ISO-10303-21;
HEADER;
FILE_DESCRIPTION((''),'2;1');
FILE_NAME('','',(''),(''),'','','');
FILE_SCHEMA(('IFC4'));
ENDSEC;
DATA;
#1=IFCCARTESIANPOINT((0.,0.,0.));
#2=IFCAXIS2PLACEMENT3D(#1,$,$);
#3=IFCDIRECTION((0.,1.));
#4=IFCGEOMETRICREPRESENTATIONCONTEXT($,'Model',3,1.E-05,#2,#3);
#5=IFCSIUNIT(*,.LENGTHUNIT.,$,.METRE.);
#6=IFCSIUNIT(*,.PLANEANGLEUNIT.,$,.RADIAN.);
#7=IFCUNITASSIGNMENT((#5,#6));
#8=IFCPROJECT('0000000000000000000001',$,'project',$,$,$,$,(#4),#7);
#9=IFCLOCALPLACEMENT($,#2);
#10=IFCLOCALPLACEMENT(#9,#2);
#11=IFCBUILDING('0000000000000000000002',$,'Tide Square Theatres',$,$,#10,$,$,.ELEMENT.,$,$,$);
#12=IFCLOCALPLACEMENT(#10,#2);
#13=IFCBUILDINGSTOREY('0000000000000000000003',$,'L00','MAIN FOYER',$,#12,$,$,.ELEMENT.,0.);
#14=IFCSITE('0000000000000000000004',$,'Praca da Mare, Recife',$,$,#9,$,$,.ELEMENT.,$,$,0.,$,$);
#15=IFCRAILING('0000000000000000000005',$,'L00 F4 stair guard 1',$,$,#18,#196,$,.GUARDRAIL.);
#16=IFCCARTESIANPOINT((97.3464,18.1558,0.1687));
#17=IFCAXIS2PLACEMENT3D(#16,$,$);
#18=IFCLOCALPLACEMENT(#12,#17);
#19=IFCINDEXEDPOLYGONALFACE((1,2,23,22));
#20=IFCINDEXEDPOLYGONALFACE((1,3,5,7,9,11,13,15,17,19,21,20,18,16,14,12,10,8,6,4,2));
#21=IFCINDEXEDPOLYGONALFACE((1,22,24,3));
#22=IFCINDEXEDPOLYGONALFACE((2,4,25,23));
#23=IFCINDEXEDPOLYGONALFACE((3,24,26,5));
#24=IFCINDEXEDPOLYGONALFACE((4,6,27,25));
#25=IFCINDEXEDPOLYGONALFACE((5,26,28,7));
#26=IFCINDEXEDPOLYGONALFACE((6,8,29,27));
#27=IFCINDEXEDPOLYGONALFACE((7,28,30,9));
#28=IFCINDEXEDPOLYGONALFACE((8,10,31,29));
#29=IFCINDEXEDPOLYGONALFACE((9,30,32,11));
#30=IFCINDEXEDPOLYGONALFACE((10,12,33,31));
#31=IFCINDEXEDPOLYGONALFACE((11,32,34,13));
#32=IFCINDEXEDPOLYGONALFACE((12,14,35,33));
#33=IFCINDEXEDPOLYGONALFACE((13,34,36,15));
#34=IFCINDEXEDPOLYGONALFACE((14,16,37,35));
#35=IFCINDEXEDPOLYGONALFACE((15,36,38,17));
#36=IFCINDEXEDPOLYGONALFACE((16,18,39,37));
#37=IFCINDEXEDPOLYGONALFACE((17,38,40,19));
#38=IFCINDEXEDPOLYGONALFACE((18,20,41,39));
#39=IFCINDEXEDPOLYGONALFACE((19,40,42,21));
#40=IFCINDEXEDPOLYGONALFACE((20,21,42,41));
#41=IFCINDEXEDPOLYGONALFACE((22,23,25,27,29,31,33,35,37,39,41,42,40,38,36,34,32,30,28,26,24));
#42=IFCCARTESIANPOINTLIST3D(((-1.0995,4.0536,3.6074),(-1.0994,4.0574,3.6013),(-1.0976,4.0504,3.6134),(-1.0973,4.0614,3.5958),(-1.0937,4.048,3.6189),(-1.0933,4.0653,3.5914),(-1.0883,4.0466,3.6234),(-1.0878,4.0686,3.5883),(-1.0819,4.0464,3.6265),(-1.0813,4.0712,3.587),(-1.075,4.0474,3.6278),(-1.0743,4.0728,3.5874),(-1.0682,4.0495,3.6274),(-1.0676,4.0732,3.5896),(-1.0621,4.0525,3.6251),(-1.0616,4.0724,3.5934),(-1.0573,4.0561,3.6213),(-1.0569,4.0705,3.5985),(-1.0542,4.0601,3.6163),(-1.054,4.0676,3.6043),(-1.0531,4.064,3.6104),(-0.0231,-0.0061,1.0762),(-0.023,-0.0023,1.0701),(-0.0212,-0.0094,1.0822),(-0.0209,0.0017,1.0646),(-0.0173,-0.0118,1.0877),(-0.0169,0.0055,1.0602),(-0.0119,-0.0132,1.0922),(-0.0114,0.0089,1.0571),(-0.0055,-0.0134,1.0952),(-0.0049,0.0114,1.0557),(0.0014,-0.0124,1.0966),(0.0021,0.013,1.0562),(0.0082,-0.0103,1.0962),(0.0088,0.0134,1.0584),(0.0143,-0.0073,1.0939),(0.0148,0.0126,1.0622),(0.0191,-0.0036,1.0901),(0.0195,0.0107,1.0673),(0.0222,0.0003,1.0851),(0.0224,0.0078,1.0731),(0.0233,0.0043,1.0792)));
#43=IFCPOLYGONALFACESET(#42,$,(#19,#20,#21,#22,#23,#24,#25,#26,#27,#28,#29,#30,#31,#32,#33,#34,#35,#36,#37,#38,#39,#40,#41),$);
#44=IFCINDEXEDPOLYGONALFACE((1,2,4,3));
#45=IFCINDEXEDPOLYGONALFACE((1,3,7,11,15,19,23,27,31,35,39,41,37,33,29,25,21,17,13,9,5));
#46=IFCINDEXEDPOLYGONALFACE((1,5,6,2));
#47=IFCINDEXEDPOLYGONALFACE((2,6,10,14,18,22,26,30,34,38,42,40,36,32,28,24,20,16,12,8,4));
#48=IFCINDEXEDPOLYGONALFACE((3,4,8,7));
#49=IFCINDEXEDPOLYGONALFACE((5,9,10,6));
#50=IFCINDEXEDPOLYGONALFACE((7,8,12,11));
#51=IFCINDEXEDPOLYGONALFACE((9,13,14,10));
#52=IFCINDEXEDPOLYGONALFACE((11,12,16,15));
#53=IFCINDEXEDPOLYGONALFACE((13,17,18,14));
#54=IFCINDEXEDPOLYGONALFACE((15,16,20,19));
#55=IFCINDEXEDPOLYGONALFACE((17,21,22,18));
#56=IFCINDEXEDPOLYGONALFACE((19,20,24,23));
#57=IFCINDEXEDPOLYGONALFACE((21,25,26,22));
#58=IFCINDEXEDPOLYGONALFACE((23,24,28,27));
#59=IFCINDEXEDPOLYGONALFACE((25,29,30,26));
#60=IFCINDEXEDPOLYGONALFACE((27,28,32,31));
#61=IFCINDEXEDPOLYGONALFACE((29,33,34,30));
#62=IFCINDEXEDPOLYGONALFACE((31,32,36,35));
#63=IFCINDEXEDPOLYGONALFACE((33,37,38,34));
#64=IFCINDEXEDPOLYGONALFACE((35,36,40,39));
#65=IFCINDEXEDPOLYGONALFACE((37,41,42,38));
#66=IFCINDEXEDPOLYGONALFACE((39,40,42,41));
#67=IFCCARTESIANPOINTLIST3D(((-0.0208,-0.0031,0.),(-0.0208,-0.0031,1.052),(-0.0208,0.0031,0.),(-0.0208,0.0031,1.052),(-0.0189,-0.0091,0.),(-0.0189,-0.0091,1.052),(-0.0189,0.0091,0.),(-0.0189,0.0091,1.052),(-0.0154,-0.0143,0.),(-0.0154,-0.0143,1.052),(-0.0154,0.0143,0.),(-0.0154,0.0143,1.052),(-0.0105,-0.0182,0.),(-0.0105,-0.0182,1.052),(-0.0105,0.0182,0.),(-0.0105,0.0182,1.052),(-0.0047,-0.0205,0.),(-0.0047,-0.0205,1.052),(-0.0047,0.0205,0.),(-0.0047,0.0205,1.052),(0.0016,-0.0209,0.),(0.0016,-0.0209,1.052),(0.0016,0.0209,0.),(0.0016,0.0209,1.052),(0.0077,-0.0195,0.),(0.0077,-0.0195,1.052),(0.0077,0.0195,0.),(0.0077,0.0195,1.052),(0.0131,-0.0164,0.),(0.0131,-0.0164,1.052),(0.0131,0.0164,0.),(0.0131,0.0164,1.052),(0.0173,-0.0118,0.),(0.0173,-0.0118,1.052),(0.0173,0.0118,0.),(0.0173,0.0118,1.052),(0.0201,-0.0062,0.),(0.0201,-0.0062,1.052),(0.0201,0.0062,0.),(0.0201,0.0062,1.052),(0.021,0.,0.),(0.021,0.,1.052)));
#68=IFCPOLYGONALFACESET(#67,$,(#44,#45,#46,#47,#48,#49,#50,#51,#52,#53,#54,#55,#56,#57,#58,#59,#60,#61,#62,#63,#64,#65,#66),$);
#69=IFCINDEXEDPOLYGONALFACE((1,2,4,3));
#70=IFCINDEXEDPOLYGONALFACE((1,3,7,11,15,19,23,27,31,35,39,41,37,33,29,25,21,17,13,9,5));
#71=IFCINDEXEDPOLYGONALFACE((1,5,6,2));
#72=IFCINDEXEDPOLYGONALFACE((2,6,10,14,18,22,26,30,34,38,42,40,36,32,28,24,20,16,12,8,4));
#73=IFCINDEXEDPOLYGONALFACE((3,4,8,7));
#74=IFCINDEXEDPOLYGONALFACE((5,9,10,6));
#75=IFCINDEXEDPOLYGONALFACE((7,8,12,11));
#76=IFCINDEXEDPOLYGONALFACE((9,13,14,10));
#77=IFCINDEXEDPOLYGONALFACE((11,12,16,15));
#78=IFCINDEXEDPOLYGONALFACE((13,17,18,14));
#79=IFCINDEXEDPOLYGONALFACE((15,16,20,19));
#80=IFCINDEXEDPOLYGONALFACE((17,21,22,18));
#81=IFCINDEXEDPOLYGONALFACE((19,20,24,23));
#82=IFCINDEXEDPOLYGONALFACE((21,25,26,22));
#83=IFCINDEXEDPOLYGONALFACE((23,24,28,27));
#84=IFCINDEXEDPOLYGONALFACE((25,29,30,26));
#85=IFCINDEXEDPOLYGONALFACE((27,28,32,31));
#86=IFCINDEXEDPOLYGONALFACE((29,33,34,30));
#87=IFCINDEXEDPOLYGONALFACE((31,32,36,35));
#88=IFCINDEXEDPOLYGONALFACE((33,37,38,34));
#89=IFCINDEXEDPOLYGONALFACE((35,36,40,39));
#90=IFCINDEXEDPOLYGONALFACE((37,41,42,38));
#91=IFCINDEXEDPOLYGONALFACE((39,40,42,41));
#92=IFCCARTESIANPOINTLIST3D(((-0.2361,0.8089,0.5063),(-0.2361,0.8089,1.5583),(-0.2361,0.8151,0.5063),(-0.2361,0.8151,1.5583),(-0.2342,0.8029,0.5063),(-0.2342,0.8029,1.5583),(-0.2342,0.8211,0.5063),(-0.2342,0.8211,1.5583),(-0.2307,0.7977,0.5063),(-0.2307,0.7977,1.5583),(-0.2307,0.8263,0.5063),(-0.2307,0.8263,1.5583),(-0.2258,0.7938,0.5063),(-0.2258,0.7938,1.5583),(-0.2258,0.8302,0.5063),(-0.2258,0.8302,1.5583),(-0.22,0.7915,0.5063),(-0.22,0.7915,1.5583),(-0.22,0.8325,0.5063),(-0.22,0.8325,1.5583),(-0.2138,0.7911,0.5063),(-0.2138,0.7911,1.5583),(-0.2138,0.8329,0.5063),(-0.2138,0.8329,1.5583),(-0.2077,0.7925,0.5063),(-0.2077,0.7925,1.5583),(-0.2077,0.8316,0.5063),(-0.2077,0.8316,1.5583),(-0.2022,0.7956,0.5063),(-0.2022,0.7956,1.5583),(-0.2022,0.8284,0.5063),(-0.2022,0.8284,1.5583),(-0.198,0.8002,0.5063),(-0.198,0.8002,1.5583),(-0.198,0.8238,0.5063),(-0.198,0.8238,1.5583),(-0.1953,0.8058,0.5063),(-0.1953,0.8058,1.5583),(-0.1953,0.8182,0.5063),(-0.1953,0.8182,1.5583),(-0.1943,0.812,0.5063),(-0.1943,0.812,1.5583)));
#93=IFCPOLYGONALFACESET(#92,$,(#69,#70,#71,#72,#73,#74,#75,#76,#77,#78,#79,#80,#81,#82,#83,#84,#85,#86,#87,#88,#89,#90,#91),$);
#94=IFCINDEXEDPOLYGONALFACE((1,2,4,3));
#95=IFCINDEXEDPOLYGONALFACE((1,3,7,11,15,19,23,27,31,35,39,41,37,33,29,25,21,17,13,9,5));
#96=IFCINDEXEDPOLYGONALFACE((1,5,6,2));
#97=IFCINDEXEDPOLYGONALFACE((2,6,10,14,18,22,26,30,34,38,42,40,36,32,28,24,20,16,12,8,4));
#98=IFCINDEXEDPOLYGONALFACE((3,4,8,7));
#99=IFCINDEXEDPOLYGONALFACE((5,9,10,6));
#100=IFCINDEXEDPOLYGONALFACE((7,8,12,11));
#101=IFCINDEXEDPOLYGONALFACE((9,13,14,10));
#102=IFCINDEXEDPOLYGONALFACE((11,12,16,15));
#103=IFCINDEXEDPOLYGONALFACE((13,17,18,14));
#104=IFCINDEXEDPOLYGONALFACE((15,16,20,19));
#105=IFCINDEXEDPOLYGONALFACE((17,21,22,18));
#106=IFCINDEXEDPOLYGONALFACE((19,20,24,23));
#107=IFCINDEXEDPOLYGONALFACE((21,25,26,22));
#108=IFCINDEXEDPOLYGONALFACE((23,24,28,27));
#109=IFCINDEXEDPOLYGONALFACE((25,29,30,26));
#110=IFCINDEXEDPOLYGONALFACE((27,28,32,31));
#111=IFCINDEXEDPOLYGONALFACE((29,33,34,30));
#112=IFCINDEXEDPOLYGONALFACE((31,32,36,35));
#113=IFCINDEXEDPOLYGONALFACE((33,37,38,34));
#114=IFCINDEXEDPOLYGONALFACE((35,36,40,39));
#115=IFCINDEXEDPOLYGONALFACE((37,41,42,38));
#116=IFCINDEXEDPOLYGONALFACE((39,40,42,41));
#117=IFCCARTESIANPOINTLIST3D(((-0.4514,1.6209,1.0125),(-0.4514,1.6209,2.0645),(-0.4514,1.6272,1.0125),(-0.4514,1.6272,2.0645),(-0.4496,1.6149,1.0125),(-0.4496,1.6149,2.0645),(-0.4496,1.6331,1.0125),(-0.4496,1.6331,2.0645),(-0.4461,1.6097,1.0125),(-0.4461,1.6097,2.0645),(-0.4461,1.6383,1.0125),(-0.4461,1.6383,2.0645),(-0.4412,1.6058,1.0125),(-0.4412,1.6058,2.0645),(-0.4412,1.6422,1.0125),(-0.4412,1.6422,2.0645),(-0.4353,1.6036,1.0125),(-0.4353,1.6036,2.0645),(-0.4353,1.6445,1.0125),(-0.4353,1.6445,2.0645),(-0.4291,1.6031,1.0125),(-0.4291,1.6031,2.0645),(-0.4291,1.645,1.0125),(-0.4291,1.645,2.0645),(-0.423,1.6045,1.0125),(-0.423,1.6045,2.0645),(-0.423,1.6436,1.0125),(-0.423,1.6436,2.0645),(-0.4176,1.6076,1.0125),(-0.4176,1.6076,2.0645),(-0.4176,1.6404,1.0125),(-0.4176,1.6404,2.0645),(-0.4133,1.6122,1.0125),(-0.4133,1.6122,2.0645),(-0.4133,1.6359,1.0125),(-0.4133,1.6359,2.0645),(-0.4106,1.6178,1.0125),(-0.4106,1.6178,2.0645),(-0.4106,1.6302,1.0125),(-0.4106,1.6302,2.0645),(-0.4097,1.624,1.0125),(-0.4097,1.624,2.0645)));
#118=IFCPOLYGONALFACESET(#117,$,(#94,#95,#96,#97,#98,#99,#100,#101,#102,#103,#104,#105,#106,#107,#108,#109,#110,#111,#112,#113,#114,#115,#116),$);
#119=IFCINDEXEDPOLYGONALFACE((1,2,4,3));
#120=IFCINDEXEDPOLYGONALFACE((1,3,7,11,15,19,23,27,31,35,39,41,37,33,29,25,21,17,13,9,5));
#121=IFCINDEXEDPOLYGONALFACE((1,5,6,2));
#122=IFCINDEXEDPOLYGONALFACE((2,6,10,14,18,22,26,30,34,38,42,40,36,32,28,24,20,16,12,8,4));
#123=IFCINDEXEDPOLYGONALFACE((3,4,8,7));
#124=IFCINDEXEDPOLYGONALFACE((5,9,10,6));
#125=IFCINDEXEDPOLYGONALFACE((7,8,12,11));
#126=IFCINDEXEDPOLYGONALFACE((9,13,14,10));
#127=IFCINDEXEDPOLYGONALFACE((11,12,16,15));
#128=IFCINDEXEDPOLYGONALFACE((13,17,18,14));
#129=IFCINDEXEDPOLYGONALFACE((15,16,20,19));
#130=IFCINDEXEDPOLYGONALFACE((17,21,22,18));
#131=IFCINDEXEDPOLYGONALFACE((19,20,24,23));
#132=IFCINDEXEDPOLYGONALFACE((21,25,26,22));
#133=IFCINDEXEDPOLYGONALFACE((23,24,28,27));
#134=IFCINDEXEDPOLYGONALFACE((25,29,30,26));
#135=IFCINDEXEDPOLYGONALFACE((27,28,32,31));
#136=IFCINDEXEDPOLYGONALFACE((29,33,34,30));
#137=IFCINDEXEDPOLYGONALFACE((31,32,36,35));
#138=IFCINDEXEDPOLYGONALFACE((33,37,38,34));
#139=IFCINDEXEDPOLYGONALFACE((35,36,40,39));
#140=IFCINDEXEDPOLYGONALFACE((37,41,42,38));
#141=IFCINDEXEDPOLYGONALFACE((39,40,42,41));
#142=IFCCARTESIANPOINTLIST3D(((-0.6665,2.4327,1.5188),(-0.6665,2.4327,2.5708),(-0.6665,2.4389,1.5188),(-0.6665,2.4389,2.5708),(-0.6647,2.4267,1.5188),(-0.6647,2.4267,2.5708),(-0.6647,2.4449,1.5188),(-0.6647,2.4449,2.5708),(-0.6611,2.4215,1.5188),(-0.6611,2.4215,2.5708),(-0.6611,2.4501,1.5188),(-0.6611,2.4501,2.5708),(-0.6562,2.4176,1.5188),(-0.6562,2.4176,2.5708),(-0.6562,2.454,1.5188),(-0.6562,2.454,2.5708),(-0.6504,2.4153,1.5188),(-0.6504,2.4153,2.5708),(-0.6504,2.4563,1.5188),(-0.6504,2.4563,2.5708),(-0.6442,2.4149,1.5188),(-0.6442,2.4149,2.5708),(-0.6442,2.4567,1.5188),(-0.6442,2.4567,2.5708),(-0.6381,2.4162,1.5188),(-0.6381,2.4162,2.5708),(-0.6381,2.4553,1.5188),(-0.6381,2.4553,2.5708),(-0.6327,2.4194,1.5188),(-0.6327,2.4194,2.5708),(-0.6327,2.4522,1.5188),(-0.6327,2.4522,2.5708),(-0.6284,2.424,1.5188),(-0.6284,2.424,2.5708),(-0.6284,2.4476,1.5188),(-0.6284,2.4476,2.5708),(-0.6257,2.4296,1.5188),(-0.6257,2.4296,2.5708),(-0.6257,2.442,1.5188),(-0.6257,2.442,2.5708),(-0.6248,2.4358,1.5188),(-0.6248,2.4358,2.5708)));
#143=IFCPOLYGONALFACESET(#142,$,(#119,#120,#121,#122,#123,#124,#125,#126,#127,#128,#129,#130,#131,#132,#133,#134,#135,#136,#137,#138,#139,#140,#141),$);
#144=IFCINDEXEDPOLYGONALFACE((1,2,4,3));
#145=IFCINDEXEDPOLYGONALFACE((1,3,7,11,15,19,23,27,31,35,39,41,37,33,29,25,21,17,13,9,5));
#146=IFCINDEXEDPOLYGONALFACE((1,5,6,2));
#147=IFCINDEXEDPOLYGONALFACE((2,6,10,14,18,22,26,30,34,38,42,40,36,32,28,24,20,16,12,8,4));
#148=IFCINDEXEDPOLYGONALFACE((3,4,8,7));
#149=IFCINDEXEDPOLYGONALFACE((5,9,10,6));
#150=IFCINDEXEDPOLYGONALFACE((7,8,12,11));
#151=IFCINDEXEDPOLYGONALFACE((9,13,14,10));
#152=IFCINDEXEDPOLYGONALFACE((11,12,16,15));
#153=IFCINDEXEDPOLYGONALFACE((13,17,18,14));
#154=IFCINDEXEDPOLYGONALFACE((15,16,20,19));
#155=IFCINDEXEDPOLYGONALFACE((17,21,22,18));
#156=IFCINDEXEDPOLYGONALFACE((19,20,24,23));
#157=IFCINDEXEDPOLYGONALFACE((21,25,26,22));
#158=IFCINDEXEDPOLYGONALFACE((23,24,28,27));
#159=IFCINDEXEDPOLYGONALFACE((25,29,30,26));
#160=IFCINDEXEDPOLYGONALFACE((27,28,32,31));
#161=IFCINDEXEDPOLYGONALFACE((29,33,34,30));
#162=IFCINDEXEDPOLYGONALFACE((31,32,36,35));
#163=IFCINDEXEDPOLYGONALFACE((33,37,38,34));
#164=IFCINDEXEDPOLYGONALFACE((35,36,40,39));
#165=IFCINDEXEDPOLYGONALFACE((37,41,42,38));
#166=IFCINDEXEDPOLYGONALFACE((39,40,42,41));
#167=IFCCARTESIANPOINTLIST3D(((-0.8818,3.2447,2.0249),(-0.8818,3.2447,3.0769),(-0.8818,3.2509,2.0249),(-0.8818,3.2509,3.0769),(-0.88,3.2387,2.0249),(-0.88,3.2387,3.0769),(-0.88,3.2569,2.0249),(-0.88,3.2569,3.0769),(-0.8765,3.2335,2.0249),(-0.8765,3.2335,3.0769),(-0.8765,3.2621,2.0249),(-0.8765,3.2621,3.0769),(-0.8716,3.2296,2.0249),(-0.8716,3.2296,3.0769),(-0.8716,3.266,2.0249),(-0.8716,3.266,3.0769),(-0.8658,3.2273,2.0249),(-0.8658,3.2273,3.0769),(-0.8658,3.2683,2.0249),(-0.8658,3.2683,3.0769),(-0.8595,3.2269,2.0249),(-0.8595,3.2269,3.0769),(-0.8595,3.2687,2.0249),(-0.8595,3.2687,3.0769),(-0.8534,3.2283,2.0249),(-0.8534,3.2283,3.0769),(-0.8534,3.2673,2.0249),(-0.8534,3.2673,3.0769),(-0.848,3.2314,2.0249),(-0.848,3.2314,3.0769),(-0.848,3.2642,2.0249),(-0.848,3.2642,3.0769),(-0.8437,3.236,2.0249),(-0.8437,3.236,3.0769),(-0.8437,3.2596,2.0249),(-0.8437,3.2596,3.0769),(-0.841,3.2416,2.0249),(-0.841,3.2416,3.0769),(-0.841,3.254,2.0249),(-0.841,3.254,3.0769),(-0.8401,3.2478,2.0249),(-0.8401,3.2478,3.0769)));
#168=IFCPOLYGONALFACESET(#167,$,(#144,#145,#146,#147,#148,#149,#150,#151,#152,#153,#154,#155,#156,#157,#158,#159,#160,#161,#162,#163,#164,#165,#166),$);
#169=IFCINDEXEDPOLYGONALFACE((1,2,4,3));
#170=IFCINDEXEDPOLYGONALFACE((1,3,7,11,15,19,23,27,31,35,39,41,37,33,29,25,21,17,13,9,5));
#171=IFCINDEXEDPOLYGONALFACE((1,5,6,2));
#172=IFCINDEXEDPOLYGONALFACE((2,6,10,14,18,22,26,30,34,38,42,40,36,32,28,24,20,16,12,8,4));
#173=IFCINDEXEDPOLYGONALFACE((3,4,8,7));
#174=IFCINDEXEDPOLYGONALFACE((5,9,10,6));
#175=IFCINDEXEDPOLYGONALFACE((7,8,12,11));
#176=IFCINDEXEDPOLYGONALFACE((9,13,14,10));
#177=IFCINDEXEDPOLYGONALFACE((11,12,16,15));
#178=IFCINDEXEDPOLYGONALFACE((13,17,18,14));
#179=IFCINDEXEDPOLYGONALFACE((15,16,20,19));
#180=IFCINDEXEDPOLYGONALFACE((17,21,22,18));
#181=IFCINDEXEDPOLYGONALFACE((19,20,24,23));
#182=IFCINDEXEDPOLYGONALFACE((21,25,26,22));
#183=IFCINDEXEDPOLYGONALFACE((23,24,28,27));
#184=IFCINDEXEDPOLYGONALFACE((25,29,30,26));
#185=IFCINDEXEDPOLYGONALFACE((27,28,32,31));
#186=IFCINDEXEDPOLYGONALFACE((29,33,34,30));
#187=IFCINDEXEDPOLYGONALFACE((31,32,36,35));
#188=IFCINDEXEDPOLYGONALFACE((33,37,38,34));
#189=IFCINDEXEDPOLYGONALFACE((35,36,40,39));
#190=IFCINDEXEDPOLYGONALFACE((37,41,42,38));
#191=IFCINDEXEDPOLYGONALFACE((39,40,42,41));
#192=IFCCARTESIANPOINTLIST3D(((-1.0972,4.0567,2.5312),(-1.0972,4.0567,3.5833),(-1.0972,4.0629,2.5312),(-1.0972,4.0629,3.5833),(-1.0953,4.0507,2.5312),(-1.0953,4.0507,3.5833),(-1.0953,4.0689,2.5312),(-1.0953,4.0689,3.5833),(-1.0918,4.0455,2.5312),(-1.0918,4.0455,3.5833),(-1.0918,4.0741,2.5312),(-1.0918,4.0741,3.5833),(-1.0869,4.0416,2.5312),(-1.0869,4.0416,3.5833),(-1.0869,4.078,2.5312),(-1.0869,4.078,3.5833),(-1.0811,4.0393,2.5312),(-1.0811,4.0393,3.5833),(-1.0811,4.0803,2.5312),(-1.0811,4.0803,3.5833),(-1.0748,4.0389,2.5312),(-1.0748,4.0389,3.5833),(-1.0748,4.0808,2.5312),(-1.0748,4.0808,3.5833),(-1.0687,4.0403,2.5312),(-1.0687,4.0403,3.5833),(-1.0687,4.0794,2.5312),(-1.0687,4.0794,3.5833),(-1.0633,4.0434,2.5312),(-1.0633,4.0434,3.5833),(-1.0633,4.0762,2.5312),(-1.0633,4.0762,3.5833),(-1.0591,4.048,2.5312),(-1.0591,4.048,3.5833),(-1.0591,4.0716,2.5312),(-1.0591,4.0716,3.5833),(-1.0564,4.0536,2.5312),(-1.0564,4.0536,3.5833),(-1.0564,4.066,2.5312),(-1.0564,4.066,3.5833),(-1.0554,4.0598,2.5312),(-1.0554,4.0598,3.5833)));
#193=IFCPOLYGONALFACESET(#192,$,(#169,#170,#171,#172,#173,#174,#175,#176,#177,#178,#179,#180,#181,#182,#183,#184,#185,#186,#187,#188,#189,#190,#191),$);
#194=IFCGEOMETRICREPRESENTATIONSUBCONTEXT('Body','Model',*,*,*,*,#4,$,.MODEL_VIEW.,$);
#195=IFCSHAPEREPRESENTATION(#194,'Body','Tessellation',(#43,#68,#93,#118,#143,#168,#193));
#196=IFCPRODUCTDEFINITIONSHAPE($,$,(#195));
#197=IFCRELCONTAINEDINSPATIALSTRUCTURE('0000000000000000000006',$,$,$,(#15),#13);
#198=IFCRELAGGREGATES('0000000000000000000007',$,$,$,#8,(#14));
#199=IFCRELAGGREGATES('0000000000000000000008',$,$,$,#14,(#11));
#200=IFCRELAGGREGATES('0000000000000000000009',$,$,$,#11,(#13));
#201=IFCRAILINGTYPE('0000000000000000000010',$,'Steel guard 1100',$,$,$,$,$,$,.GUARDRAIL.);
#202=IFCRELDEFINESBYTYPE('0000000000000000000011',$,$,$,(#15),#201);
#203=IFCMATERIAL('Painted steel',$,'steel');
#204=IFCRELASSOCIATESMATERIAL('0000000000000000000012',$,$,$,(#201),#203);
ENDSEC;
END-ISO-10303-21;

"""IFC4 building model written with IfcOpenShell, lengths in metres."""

from ifc_helpers import new_model, si_unit, direction, frame, origin, origin_2d, place, context, subcontext, project, spatial, circle, extrude, material, type_object, element, save


model = new_model("IFC4")

# Units and contexts
model_context = context("Model", 3, precision=1e-05, world=origin(), true_north=direction((0.0, 1.0)))
body_context = subcontext(model_context, "Body", "Model", "MODEL_VIEW")
ifc_project = project(units=[si_unit("LENGTHUNIT", "METRE"), si_unit("PLANEANGLEUNIT", "RADIAN")], contexts=[model_context])

# Site, building, storey
site_placement = place(None, origin())
site = spatial("IfcSite", under=ifc_project, at=site_placement, Name="Praca da Mare, Recife", CompositionType="ELEMENT", RefElevation=0.0)
building_placement = place(site_placement, origin())
building = spatial("IfcBuilding", under=site, at=building_placement, Name="Tide Square Theatres", CompositionType="ELEMENT")
storey_placement = place(building_placement, origin())
storey = spatial("IfcBuildingStorey", under=building, at=storey_placement, Name="L00", Description="MAIN FOYER", CompositionType="ELEMENT", Elevation=0.0)

# Railing
ifc_material_1 = material(Name="Painted steel", Category="steel")
railing_type_1 = type_object("IfcRailingType", Name="Steel guard 1100", PredefinedType="GUARDRAIL", material=ifc_material_1)
railing_1_placement = place(storey_placement, frame((97.3464, 18.1558, 0.1687)))
element("IfcRailing", 1, at=railing_1_placement, inside=storey, type_object=railing_type_1, Name="L00 F4 stair guard 1", PredefinedType="GUARDRAIL", context=body_context, shape_type="SweptSolid", body=[
    extrude(circle(Radius=0.0239, at=origin_2d()), frame((0.0, 0.0, 1.0762), z_axis=(-0.219503, 0.827879, 0.516173), x_axis=(-0.966602, -0.256284, 0.0)), (0.0, 0.0, 1.0), 4.9038),
    extrude(circle(Radius=0.021, at=origin_2d()), origin(), (0.0, 0.0, 1.0), 1.052),
    extrude(circle(Radius=0.021, at=origin_2d()), frame((-0.2153, 0.812, 0.5063)), (0.0, 0.0, 1.0), 1.052),
    extrude(circle(Radius=0.021, at=origin_2d()), frame((-0.4307, 1.624, 1.0125)), (0.0, 0.0, 1.0), 1.052),
    extrude(circle(Radius=0.021, at=origin_2d()), frame((-0.6458, 2.4358, 1.5188)), (0.0, 0.0, 1.0), 1.052),
    extrude(circle(Radius=0.021, at=origin_2d()), frame((-0.8611, 3.2478, 2.0249)), (0.0, 0.0, 1.0), 1.052),
    extrude(circle(Radius=0.021, at=origin_2d()), frame((-1.0764, 4.0598, 2.5312)), (0.0, 0.0, 1.0), 1.052),
])

save(model, "model.ifc")
